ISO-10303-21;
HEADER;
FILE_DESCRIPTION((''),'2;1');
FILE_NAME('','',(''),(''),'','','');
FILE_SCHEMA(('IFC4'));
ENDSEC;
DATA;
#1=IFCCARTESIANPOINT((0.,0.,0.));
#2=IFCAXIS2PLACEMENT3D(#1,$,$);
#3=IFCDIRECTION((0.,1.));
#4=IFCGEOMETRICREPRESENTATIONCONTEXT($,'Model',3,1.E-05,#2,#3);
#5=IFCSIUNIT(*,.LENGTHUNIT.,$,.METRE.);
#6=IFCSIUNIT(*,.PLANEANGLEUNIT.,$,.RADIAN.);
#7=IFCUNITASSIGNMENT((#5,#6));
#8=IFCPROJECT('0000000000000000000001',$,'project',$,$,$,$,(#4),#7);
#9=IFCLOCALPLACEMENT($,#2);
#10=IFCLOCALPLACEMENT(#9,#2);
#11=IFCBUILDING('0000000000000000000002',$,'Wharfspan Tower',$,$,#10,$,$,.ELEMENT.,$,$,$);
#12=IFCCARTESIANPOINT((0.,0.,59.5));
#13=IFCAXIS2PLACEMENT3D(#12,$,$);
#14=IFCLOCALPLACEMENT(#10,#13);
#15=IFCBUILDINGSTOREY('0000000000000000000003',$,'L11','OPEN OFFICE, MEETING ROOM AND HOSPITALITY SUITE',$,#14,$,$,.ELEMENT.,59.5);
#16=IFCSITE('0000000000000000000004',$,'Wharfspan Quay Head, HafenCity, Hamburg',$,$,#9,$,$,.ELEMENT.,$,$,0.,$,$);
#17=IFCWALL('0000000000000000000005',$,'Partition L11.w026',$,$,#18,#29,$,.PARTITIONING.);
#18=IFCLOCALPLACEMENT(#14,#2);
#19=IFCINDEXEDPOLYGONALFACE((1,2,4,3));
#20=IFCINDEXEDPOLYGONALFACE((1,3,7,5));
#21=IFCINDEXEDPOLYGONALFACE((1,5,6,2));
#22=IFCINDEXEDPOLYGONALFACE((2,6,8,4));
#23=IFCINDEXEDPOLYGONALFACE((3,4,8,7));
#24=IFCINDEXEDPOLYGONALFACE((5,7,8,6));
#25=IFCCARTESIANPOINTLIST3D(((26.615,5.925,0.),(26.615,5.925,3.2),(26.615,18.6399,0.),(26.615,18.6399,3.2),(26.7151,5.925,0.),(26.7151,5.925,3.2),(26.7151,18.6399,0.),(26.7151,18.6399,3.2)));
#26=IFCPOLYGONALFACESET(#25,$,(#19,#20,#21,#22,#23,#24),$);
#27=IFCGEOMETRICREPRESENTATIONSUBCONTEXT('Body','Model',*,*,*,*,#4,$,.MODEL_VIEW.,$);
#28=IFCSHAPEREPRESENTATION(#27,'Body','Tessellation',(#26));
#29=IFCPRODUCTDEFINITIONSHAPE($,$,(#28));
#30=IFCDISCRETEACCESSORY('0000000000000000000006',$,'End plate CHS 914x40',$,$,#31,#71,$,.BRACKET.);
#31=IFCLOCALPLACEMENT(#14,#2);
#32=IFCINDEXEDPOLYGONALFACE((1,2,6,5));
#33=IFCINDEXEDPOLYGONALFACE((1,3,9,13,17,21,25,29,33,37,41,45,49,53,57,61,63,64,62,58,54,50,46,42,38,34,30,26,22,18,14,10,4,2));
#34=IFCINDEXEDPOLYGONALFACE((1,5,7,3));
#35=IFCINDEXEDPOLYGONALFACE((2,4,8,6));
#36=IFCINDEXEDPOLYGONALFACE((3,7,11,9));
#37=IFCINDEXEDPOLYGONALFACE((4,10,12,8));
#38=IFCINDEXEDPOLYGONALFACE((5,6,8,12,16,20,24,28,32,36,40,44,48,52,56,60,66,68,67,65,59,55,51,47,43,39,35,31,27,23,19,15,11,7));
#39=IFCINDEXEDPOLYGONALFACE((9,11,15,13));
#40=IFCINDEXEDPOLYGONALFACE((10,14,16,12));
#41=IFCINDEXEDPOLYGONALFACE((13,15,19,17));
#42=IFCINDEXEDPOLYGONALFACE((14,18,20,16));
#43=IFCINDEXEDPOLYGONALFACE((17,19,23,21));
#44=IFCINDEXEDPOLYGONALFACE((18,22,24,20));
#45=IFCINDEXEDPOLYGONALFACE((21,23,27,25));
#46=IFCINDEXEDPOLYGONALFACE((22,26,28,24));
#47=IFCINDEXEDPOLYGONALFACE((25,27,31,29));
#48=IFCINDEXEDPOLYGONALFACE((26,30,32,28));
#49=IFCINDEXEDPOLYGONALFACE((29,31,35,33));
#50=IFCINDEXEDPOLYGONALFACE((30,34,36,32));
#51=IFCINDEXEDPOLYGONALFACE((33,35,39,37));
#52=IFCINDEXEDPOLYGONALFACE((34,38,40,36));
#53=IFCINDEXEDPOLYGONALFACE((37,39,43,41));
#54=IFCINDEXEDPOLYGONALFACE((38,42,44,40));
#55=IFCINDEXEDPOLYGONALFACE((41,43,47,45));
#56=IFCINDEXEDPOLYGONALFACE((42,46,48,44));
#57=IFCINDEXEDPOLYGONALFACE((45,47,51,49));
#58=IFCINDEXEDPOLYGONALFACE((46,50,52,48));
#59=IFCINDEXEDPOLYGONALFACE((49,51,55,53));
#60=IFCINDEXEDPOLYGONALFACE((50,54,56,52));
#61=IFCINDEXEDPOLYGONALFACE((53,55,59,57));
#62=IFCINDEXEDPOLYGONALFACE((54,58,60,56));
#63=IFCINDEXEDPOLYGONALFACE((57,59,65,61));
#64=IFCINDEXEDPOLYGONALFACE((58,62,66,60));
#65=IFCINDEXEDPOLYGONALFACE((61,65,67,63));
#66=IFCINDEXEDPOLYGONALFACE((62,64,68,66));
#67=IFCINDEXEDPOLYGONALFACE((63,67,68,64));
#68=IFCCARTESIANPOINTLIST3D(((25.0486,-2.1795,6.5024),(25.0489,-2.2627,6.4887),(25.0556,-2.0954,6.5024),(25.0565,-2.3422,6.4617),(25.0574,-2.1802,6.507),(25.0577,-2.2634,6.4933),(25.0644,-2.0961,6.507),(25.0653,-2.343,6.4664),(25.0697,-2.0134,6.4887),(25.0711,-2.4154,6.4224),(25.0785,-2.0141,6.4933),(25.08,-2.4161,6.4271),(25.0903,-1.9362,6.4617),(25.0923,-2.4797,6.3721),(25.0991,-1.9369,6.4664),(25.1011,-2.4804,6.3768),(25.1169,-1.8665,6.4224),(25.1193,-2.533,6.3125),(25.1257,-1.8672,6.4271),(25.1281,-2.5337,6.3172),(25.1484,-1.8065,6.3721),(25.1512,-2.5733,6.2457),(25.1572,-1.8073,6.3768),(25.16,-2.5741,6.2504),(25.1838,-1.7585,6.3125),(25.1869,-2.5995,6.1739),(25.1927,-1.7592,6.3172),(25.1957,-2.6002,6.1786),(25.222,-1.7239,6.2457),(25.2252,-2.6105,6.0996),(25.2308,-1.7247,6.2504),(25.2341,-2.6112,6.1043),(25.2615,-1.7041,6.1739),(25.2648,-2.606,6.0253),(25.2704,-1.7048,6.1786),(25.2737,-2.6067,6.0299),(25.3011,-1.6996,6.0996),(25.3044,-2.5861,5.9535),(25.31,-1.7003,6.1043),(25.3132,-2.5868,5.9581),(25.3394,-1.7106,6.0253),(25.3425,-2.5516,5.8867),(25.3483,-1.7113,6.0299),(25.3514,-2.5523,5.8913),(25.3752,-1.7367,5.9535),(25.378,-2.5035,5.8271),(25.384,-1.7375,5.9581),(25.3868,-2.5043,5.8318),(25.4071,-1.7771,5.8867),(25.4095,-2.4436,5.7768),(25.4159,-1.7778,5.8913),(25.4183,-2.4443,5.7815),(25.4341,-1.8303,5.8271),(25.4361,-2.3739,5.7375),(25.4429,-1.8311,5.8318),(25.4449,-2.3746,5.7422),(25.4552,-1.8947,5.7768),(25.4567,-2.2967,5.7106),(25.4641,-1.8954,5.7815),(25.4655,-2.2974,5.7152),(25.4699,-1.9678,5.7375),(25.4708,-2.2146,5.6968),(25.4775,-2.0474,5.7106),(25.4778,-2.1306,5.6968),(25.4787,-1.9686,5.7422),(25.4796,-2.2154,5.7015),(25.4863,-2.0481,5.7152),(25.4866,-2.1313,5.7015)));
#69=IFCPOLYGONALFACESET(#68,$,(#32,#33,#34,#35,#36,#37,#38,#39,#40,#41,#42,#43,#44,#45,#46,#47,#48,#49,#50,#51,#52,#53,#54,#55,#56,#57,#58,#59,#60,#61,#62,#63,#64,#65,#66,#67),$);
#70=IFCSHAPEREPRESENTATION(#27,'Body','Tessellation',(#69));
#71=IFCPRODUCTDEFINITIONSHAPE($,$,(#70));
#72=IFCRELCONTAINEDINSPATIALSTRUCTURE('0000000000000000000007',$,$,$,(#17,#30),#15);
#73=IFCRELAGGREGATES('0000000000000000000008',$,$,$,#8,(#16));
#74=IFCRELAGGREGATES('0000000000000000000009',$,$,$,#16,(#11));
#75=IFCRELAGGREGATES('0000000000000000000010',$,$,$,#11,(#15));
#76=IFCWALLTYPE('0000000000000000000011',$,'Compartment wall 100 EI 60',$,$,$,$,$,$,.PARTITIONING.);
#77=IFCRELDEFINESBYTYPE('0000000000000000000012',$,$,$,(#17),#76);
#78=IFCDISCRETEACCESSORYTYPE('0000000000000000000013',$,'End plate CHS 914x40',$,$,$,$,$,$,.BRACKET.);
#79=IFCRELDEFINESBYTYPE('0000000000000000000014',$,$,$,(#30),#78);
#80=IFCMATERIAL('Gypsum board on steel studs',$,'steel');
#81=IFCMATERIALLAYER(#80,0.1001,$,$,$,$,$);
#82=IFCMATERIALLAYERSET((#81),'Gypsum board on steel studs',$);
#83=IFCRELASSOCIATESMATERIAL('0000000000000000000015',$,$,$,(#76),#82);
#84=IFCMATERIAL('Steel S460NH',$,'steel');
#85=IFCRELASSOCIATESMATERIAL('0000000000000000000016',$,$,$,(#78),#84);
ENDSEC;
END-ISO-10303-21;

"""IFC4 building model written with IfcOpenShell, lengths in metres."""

from ifc_helpers import new_model, si_unit, direction, frame, frame_2d, origin, origin_2d, place, context, subcontext, project, spatial, rectangle, circle, extrude, material, layer, layer_set, material_profile, profile_set, type_object, element, save


model = new_model("IFC4")

# Units and contexts
model_context = context("Model", 3, precision=1e-05, world=origin(), true_north=direction((0.0, 1.0)))
body_context = subcontext(model_context, "Body", "Model", "MODEL_VIEW")
ifc_project = project(units=[si_unit("LENGTHUNIT", "METRE"), si_unit("PLANEANGLEUNIT", "RADIAN")], contexts=[model_context])

# Site, building, storey
site_placement = place(None, origin())
site = spatial("IfcSite", under=ifc_project, at=site_placement, Name="Wharfspan Quay Head, HafenCity, Hamburg", CompositionType="ELEMENT", RefElevation=0.0)
building_placement = place(site_placement, origin())
building = spatial("IfcBuilding", under=site, at=building_placement, Name="Wharfspan Tower", CompositionType="ELEMENT")
storey_placement = place(building_placement, frame((0.0, 0.0, 59.5)))
storey = spatial("IfcBuildingStorey", under=building, at=storey_placement, Name="L11", Description="OPEN OFFICE, MEETING ROOM AND HOSPITALITY SUITE", CompositionType="ELEMENT", Elevation=59.5)

# Shared definitions
ifc_material_1 = material(Name="Steel S460NH", Category="steel")

# Wall
ifc_material_2 = material(Name="Gypsum board on steel studs", Category="steel")
ifc_layer_1 = layer(ifc_material_2, 0.1001)
ifc_layer_set_1 = layer_set([ifc_layer_1], Name="Gypsum board on steel studs")
wall_type = type_object("IfcWallType", Name="Compartment wall 100 EI 60", PredefinedType="PARTITIONING", material=ifc_layer_set_1)
wall_1_placement = place(storey_placement, frame((26.665, 5.925, 0.0), z_axis=(0.0, 0.0, 1.0), x_axis=(0.0, 1.0, 0.0)))
element("IfcWall", 1, at=wall_1_placement, inside=storey, type_object=wall_type, Name="Partition L11.w026", PredefinedType="PARTITIONING", context=body_context, shape_type="SweptSolid", body=[
    extrude(rectangle(XDim=12.7148, YDim=0.1001, at=frame_2d((6.3574, 0.0))), origin(), (0.0, 0.0, 1.0), 3.2),
])

# Discrete accessory
ifc_material_profile_1 = material_profile(ifc_material_1, circle(Radius=0.457, at=origin_2d()))
ifc_profile_set_1 = profile_set([ifc_material_profile_1], Name="Steel S460NH")
discrete_accessory_type = type_object("IfcDiscreteAccessoryType", Name="End plate CHS 914x40", PredefinedType="BRACKET", material=ifc_profile_set_1)
discrete_accessory_placement = place(storey_placement, frame((25.2632, -2.155, 6.0996), z_axis=(0.881993, -0.073499, 0.465496), x_axis=(0.083046, 0.996545, -0.000002)))
element("IfcDiscreteAccessory", 2, at=discrete_accessory_placement, inside=storey, type_object=discrete_accessory_type, Name="End plate CHS 914x40", PredefinedType="BRACKET", context=body_context, shape_type="SweptSolid", body=[
    extrude(circle(Radius=0.457, at=origin_2d()), origin(), (0.0, 0.0, 1.0), 0.01),
])

save(model, "model.ifc")
